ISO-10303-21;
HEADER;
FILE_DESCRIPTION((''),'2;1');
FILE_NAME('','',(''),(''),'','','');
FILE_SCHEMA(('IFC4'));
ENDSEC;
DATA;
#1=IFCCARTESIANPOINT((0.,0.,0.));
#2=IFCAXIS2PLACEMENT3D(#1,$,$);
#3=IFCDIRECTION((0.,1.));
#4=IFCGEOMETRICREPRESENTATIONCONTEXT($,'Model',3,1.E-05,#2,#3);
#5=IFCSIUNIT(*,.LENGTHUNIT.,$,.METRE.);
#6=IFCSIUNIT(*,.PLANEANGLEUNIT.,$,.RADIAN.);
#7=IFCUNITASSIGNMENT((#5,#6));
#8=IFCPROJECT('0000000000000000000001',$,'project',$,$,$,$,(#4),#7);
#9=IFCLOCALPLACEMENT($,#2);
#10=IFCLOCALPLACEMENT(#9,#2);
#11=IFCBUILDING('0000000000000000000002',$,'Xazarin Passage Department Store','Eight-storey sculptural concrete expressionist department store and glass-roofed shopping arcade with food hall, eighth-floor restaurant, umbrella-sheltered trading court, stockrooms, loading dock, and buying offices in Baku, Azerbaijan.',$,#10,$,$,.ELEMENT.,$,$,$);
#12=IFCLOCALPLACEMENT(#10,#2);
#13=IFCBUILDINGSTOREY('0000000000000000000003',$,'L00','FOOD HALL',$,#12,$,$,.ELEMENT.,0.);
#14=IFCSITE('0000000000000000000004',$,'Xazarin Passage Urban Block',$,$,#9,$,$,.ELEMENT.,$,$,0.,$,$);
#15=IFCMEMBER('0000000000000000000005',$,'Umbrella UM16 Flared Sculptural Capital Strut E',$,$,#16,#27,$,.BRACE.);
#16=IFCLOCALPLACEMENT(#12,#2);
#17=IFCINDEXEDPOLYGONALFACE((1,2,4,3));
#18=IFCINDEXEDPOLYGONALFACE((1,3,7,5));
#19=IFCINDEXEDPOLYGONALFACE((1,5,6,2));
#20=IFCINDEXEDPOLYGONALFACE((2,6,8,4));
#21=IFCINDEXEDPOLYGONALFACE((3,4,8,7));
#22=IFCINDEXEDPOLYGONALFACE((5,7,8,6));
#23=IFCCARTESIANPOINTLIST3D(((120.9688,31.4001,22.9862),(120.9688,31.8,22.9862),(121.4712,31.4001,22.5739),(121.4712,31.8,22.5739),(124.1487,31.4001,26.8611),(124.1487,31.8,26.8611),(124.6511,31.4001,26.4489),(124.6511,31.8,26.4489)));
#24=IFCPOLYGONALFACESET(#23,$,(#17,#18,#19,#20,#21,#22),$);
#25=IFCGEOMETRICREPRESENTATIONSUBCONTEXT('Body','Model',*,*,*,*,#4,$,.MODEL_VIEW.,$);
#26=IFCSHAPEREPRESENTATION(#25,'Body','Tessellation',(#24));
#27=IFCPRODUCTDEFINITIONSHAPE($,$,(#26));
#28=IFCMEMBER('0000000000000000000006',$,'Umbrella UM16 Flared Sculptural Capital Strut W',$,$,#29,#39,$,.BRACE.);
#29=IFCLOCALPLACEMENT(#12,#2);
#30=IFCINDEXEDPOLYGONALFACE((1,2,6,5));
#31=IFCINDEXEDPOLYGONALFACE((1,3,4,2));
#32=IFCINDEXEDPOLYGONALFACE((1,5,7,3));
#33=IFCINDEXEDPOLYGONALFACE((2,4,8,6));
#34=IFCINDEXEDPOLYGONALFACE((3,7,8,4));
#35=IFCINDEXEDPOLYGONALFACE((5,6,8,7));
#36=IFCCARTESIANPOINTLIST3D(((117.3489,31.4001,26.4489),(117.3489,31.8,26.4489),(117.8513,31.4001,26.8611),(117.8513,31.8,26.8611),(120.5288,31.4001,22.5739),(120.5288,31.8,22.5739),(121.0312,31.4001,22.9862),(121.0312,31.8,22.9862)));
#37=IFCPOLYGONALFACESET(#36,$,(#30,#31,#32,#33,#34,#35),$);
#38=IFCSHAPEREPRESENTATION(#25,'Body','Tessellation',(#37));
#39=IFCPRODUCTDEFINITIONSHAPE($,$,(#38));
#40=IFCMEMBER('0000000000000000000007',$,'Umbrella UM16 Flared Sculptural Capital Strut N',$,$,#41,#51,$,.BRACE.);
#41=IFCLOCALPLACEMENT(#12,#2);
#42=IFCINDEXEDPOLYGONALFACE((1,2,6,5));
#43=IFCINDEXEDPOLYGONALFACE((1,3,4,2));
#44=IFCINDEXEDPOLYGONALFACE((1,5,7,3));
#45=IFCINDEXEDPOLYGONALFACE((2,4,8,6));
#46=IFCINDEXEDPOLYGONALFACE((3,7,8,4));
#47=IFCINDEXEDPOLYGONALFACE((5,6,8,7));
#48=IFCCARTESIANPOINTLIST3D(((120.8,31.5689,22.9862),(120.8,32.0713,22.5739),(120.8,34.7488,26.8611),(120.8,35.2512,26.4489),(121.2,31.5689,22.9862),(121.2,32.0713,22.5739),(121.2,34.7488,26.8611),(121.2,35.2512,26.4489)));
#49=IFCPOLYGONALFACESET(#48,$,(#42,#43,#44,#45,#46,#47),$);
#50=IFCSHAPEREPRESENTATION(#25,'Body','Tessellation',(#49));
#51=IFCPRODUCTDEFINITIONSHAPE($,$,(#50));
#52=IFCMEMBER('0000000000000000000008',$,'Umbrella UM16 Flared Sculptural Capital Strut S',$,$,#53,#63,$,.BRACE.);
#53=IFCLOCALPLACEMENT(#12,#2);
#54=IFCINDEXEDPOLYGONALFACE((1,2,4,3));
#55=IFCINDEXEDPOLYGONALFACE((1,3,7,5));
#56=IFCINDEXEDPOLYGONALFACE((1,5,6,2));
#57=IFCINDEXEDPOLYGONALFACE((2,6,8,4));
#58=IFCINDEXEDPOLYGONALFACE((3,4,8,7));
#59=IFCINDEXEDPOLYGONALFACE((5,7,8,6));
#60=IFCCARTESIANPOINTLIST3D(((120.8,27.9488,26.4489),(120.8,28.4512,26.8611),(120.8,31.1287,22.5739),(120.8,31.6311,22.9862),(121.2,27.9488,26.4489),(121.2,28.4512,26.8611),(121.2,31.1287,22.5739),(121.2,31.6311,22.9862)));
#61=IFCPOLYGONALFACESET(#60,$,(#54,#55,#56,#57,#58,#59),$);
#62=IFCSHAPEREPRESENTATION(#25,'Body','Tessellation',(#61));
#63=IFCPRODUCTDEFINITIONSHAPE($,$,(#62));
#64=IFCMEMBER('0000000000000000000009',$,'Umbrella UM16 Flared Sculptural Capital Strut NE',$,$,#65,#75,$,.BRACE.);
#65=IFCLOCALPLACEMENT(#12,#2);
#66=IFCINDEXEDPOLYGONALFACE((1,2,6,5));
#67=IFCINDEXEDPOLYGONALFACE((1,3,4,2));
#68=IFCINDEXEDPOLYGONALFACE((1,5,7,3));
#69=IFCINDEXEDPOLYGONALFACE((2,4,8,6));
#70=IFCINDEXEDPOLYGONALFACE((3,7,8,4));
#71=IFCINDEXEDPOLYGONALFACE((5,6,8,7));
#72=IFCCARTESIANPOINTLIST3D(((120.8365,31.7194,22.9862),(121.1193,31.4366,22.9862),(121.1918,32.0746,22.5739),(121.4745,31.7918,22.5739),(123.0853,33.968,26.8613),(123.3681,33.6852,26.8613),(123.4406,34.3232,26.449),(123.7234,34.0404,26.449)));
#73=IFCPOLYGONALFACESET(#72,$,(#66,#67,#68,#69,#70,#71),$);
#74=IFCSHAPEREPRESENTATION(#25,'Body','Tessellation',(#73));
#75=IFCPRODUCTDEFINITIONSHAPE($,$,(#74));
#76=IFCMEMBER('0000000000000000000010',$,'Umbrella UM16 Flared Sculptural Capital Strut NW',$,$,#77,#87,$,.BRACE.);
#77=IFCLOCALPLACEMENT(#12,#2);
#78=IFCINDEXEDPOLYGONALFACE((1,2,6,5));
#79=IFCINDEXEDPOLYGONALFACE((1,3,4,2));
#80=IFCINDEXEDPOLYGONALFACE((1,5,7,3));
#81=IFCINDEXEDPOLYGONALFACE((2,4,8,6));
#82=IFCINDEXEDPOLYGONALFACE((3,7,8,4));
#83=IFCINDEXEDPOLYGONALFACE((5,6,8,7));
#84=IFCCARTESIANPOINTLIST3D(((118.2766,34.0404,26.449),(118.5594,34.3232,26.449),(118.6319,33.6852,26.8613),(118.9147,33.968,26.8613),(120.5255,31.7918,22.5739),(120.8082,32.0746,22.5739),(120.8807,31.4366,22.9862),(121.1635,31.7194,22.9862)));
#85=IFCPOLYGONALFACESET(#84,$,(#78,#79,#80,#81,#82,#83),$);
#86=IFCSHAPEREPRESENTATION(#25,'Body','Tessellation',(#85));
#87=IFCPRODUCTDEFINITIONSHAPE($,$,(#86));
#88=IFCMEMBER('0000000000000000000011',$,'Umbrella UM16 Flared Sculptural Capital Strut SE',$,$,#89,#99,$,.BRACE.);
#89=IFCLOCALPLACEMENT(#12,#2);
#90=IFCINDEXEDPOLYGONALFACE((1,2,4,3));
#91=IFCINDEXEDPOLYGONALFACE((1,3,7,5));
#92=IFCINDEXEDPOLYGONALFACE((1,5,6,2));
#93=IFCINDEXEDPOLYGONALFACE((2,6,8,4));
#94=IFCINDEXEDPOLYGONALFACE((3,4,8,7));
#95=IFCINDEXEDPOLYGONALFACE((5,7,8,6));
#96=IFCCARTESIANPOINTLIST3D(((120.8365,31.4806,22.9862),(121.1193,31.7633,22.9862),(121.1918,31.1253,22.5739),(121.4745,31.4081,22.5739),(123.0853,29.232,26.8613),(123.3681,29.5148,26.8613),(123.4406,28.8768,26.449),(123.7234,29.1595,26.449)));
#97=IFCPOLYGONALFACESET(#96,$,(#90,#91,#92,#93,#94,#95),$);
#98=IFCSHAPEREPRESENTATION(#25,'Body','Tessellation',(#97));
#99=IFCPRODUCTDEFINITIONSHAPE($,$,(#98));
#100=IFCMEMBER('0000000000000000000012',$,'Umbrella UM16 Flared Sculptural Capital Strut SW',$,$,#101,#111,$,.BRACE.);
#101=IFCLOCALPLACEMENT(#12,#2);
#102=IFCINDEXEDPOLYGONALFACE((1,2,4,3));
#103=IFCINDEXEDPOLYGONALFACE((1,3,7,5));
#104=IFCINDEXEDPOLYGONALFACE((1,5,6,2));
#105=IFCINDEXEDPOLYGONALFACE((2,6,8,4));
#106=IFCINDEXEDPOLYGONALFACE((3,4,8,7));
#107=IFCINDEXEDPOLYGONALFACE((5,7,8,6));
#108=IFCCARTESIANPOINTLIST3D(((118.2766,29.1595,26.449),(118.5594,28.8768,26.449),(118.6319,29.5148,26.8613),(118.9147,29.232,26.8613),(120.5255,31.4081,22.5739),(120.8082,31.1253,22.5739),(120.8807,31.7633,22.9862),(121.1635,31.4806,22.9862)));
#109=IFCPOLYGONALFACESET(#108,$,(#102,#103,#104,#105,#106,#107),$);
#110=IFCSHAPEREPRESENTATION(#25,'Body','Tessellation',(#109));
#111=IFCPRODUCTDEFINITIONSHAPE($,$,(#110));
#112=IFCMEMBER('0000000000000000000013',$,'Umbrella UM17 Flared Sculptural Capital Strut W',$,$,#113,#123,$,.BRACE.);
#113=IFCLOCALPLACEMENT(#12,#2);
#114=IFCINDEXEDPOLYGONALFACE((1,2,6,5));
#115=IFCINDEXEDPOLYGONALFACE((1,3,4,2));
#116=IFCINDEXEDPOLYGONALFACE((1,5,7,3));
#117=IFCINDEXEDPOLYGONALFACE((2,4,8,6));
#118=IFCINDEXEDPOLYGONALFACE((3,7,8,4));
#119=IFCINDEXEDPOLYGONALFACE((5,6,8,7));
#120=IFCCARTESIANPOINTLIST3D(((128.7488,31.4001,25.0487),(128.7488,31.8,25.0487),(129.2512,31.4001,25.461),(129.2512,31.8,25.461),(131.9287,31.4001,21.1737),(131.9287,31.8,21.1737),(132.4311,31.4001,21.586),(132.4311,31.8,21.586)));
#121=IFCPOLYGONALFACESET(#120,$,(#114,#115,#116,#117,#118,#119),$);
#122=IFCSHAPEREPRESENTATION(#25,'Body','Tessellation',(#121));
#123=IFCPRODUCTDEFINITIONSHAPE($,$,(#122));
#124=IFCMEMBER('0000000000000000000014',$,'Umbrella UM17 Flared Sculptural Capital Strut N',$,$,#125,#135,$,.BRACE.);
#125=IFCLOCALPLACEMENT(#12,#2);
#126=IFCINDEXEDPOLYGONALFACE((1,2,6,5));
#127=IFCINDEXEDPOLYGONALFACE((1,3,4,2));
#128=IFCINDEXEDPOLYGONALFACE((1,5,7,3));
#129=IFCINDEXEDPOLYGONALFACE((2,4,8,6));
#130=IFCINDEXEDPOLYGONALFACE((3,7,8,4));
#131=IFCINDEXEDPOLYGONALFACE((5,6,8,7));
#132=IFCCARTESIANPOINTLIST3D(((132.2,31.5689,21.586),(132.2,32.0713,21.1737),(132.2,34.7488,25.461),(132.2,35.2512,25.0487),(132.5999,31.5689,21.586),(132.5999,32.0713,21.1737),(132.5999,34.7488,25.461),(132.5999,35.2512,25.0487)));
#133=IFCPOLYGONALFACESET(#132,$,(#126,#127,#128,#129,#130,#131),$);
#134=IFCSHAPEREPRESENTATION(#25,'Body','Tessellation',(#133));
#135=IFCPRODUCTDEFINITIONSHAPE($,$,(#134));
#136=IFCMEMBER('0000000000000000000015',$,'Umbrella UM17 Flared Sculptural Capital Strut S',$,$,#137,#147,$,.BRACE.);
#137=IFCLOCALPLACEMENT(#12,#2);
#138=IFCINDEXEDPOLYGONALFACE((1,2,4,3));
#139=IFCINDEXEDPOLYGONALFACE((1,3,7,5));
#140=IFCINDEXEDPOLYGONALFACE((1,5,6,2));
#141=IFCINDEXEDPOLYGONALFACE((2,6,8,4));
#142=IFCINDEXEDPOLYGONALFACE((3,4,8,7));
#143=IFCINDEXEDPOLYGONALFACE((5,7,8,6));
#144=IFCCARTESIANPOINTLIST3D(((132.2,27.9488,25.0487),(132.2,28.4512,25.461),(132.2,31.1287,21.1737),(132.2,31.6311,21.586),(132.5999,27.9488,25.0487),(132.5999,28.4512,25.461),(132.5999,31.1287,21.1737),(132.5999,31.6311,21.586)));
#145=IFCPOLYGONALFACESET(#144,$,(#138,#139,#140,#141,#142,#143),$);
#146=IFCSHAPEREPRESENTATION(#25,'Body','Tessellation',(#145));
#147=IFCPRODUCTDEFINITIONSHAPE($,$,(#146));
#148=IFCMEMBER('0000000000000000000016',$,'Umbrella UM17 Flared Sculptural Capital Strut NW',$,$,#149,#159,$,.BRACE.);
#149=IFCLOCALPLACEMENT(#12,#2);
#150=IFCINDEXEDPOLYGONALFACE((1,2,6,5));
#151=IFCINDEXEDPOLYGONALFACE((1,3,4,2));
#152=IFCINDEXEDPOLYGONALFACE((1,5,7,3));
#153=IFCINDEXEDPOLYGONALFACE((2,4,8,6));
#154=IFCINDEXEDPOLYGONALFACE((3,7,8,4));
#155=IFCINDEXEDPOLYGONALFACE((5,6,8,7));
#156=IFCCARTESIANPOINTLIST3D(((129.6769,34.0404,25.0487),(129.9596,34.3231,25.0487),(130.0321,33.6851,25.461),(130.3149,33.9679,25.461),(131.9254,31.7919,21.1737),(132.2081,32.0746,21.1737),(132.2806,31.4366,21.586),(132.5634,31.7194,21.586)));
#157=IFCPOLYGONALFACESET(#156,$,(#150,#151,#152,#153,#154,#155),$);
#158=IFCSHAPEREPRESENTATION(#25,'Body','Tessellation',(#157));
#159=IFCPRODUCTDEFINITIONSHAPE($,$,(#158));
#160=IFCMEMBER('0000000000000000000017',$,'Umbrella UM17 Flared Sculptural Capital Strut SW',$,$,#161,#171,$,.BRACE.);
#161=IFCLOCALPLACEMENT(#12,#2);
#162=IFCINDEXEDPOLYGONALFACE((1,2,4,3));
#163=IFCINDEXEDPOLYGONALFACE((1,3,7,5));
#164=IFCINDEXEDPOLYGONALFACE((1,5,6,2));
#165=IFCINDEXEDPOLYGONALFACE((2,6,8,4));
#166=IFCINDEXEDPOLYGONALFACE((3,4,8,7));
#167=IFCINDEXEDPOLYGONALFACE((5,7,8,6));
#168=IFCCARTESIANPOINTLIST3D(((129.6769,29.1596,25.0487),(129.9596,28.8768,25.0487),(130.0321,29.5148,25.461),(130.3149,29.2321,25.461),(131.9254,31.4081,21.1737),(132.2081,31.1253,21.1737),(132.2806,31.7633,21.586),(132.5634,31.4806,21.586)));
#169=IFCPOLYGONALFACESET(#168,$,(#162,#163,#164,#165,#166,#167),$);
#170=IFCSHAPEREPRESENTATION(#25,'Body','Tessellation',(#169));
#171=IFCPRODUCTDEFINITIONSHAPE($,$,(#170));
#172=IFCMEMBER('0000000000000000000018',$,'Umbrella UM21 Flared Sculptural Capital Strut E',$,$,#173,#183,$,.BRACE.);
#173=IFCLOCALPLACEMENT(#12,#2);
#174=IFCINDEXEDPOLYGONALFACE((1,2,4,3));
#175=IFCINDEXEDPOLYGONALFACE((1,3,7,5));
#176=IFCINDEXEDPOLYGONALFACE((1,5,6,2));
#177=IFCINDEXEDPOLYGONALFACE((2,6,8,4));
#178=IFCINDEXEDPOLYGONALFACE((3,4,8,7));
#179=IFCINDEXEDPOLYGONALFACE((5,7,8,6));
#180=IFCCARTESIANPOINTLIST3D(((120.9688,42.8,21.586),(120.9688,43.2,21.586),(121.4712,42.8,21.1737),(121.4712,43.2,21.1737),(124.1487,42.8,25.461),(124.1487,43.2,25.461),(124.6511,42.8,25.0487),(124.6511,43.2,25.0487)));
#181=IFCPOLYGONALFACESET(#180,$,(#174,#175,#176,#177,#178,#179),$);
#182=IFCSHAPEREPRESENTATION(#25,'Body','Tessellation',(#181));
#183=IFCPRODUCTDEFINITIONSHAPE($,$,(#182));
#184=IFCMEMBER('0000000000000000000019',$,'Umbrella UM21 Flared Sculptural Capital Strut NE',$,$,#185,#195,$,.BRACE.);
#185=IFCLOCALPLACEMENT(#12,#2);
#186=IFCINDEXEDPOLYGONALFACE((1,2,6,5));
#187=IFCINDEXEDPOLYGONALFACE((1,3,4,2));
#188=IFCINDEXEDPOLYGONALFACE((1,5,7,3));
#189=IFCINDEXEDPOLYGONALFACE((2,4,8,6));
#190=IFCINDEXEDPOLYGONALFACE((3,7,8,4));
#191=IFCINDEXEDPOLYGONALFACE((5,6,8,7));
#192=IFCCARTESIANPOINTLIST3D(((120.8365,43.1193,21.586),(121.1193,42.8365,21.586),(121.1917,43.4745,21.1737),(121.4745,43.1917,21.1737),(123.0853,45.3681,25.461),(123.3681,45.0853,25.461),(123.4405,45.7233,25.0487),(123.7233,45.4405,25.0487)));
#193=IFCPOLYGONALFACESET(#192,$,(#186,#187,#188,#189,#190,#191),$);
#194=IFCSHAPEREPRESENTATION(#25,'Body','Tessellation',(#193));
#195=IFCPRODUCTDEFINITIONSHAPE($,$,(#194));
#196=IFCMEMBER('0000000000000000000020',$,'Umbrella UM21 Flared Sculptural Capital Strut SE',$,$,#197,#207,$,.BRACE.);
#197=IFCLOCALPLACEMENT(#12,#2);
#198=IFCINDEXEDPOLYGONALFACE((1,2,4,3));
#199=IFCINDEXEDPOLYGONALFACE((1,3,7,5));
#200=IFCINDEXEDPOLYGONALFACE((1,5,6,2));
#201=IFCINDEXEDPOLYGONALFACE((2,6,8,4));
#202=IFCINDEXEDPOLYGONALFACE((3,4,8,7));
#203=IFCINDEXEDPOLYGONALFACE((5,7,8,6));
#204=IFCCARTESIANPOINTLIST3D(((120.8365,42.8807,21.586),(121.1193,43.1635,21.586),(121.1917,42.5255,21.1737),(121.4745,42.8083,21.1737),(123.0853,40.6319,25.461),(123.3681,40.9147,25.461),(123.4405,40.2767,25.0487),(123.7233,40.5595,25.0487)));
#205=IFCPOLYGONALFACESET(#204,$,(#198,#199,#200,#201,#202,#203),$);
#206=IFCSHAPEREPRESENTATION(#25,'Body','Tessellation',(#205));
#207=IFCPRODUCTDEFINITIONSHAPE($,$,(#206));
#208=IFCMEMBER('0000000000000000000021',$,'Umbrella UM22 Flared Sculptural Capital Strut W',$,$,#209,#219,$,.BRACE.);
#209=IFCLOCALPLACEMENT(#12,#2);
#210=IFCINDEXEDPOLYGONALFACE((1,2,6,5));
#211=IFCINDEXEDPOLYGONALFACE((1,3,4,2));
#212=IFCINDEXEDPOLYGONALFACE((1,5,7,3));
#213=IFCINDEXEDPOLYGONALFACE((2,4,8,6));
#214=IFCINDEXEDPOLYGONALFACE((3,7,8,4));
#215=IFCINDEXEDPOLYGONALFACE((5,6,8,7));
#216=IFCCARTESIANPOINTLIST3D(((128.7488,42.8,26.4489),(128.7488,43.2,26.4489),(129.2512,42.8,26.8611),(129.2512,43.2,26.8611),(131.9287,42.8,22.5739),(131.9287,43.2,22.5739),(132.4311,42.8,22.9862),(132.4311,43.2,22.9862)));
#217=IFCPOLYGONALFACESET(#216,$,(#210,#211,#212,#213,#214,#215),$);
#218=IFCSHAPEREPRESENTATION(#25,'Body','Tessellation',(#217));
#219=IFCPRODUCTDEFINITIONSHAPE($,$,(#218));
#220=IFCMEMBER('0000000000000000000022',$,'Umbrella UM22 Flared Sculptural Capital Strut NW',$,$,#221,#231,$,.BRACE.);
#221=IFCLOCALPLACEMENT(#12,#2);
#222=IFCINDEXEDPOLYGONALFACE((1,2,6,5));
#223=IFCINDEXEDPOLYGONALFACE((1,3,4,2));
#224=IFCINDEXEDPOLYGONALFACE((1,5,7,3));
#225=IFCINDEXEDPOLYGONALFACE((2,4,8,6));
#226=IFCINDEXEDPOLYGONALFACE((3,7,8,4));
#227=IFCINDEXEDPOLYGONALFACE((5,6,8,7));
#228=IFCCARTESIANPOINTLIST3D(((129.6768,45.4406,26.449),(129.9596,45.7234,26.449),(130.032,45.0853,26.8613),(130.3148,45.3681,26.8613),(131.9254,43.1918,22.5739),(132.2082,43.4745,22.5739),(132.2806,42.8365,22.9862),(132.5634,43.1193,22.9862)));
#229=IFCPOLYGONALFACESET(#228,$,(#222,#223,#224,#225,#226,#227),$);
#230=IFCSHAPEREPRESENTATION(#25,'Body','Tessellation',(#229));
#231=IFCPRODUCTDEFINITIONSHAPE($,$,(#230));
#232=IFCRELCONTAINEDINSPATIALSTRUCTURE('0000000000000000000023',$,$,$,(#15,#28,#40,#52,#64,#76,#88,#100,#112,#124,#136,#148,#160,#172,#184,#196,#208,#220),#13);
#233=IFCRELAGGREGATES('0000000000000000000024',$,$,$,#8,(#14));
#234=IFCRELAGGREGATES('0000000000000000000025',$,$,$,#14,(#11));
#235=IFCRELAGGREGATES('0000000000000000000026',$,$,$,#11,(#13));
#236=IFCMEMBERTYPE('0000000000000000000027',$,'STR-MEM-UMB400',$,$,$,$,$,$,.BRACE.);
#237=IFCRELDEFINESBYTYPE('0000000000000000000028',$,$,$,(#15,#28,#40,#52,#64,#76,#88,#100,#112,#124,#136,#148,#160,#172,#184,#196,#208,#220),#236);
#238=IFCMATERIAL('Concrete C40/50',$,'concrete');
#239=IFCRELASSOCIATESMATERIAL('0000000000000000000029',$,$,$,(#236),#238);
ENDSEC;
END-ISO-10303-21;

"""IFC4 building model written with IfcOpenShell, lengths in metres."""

from ifc_helpers import new_model, si_unit, direction, frame, origin, origin_2d, place, context, subcontext, project, spatial, rectangle, extrude, material, material_profile, profile_set, type_object, element, save


model = new_model("IFC4")

# Units and contexts
model_context = context("Model", 3, precision=1e-05, world=origin(), true_north=direction((0.0, 1.0)))
body_context = subcontext(model_context, "Body", "Model", "MODEL_VIEW")
ifc_project = project(units=[si_unit("LENGTHUNIT", "METRE"), si_unit("PLANEANGLEUNIT", "RADIAN")], contexts=[model_context])

# Site, building, storey
site_placement = place(None, origin())
site = spatial("IfcSite", under=ifc_project, at=site_placement, Name="Xazarin Passage Urban Block", CompositionType="ELEMENT", RefElevation=0.0)
building_placement = place(site_placement, origin())
building = spatial("IfcBuilding", under=site, at=building_placement, Name="Xazarin Passage Department Store", Description="Eight-storey sculptural concrete expressionist department store and glass-roofed shopping arcade with food hall, eighth-floor restaurant, umbrella-sheltered trading court, stockrooms, loading dock, and buying offices in Baku, Azerbaijan.", CompositionType="ELEMENT")
storey_placement = place(building_placement, origin())
storey = spatial("IfcBuildingStorey", under=building, at=storey_placement, Name="L00", Description="FOOD HALL", CompositionType="ELEMENT", Elevation=0.0)

# Members
ifc_material = material(Name="Concrete C40/50", Category="concrete")
ifc_material_profile = material_profile(ifc_material, rectangle(XDim=0.3999, YDim=0.6499, at=origin_2d()), Name="RC 400x650")
ifc_profile_set = profile_set([ifc_material_profile], Name="Concrete C40/50")
member_type = type_object("IfcMemberType", Name="STR-MEM-UMB400", PredefinedType="BRACE", material=ifc_profile_set)
for number, where, z_axis, x_axis, name in (
    (1, (121.22, 31.6001, 22.78), (0.63437, 0.0, 0.77303), (0.0, 1.0, 0.0), "Umbrella UM16 Flared Sculptural Capital Strut E"),
    (2, (120.78, 31.6001, 22.78), (-0.63437, 0.0, 0.77303), (0.0, -1.0, 0.0), "Umbrella UM16 Flared Sculptural Capital Strut W"),
    (3, (121.0, 31.8201, 22.78), (0.0, 0.63437, 0.77303), (-1.0, 0.0, 0.0), "Umbrella UM16 Flared Sculptural Capital Strut N"),
    (4, (121.0, 31.3799, 22.78), (0.0, -0.63437, 0.77303), (1.0, 0.0, 0.0), "Umbrella UM16 Flared Sculptural Capital Strut S"),
):
    element("IfcMember", number, at=place(storey_placement, frame(where, z_axis=z_axis, x_axis=x_axis)), inside=storey, type_object=member_type, Name=name, PredefinedType="BRACE", context=body_context, shape_type="SweptSolid", body=[
        extrude(rectangle(XDim=0.3999, YDim=0.6499, at=origin_2d()), origin(), (0.0, 0.0, 1.0), 5.0127),
    ])
for number, where, z_axis, x_axis, name in (
    (5, (121.1555, 31.7556, 22.78), (0.448604, 0.448555, 0.773015), (-0.707068, 0.707145, 0.0), "Umbrella UM16 Flared Sculptural Capital Strut NE"),
    (6, (120.8445, 31.7556, 22.78), (-0.448604, 0.448555, 0.773015), (-0.707068, -0.707145, 0.0), "Umbrella UM16 Flared Sculptural Capital Strut NW"),
    (7, (121.1555, 31.4443, 22.78), (0.448604, -0.448555, 0.773015), (0.707068, 0.707145, 0.0), "Umbrella UM16 Flared Sculptural Capital Strut SE"),
    (8, (120.8445, 31.4443, 22.78), (-0.448604, -0.448555, 0.773015), (0.707068, -0.707145, 0.0), "Umbrella UM16 Flared Sculptural Capital Strut SW"),
):
    element("IfcMember", number, at=place(storey_placement, frame(where, z_axis=z_axis, x_axis=x_axis)), inside=storey, type_object=member_type, Name=name, PredefinedType="BRACE", context=body_context, shape_type="SweptSolid", body=[
        extrude(rectangle(XDim=0.3999, YDim=0.6499, at=origin_2d()), origin(), (0.0, 0.0, 1.0), 5.0129),
    ])
for number, where, z_axis, x_axis, name in (
    (9, (132.1799, 31.6001, 21.3799), (-0.63437, 0.0, 0.77303), (0.0, -1.0, 0.0), "Umbrella UM17 Flared Sculptural Capital Strut W"),
    (10, (132.3999, 31.8201, 21.3799), (0.0, 0.63437, 0.77303), (-1.0, 0.0, 0.0), "Umbrella UM17 Flared Sculptural Capital Strut N"),
    (11, (132.3999, 31.3799, 21.3799), (0.0, -0.63437, 0.77303), (1.0, 0.0, 0.0), "Umbrella UM17 Flared Sculptural Capital Strut S"),
    (12, (132.2444, 31.7556, 21.3799), (-0.448565, 0.448565, 0.773032), (-0.707107, -0.707107, 0.0), "Umbrella UM17 Flared Sculptural Capital Strut NW"),
    (13, (132.2444, 31.4443, 21.3799), (-0.448565, -0.448565, 0.773032), (0.707107, -0.707107, 0.0), "Umbrella UM17 Flared Sculptural Capital Strut SW"),
    (14, (121.22, 43.0, 21.3799), (0.63437, 0.0, 0.77303), (0.0, 1.0, 0.0), "Umbrella UM21 Flared Sculptural Capital Strut E"),
):
    element("IfcMember", number, at=place(storey_placement, frame(where, z_axis=z_axis, x_axis=x_axis)), inside=storey, type_object=member_type, Name=name, PredefinedType="BRACE", context=body_context, shape_type="SweptSolid", body=[
        extrude(rectangle(XDim=0.3999, YDim=0.6499, at=origin_2d()), origin(), (0.0, 0.0, 1.0), 5.0127),
    ])
for number, where, z_axis, x_axis, name in (
    (15, (121.1555, 43.1555, 21.3799), (0.448594, 0.448594, 0.772998), (-0.707107, 0.707107, 0.0), "Umbrella UM21 Flared Sculptural Capital Strut NE"),
    (16, (121.1555, 42.8445, 21.3799), (0.448594, -0.448594, 0.772998), (0.707107, 0.707107, 0.0), "Umbrella UM21 Flared Sculptural Capital Strut SE"),
):
    element("IfcMember", number, at=place(storey_placement, frame(where, z_axis=z_axis, x_axis=x_axis)), inside=storey, type_object=member_type, Name=name, PredefinedType="BRACE", context=body_context, shape_type="SweptSolid", body=[
        extrude(rectangle(XDim=0.3999, YDim=0.6499, at=origin_2d()), origin(), (0.0, 0.0, 1.0), 5.0129),
    ])
member_placement = place(storey_placement, frame((132.1799, 43.0, 22.78), z_axis=(-0.63437, 0.0, 0.77303), x_axis=(0.0, -1.0, 0.0)))
element("IfcMember", 17, at=member_placement, inside=storey, type_object=member_type, Name="Umbrella UM22 Flared Sculptural Capital Strut W", PredefinedType="BRACE", context=body_context, shape_type="SweptSolid", body=[
    extrude(rectangle(XDim=0.3999, YDim=0.6499, at=origin_2d()), origin(), (0.0, 0.0, 1.0), 5.0127),
])
for number, where, z_axis, x_axis, name in (
    (18, (132.2444, 43.1555, 22.78), (-0.448555, 0.448604, 0.773015), (-0.707145, -0.707068, 0.0), "Umbrella UM22 Flared Sculptural Capital Strut NW"),
):
    element("IfcMember", number, at=place(storey_placement, frame(where, z_axis=z_axis, x_axis=x_axis)), inside=storey, type_object=member_type, Name=name, PredefinedType="BRACE", context=body_context, shape_type="SweptSolid", body=[
        extrude(rectangle(XDim=0.3999, YDim=0.6499, at=origin_2d()), origin(), (0.0, 0.0, 1.0), 5.0129),
    ])

save(model, "model.ifc")
